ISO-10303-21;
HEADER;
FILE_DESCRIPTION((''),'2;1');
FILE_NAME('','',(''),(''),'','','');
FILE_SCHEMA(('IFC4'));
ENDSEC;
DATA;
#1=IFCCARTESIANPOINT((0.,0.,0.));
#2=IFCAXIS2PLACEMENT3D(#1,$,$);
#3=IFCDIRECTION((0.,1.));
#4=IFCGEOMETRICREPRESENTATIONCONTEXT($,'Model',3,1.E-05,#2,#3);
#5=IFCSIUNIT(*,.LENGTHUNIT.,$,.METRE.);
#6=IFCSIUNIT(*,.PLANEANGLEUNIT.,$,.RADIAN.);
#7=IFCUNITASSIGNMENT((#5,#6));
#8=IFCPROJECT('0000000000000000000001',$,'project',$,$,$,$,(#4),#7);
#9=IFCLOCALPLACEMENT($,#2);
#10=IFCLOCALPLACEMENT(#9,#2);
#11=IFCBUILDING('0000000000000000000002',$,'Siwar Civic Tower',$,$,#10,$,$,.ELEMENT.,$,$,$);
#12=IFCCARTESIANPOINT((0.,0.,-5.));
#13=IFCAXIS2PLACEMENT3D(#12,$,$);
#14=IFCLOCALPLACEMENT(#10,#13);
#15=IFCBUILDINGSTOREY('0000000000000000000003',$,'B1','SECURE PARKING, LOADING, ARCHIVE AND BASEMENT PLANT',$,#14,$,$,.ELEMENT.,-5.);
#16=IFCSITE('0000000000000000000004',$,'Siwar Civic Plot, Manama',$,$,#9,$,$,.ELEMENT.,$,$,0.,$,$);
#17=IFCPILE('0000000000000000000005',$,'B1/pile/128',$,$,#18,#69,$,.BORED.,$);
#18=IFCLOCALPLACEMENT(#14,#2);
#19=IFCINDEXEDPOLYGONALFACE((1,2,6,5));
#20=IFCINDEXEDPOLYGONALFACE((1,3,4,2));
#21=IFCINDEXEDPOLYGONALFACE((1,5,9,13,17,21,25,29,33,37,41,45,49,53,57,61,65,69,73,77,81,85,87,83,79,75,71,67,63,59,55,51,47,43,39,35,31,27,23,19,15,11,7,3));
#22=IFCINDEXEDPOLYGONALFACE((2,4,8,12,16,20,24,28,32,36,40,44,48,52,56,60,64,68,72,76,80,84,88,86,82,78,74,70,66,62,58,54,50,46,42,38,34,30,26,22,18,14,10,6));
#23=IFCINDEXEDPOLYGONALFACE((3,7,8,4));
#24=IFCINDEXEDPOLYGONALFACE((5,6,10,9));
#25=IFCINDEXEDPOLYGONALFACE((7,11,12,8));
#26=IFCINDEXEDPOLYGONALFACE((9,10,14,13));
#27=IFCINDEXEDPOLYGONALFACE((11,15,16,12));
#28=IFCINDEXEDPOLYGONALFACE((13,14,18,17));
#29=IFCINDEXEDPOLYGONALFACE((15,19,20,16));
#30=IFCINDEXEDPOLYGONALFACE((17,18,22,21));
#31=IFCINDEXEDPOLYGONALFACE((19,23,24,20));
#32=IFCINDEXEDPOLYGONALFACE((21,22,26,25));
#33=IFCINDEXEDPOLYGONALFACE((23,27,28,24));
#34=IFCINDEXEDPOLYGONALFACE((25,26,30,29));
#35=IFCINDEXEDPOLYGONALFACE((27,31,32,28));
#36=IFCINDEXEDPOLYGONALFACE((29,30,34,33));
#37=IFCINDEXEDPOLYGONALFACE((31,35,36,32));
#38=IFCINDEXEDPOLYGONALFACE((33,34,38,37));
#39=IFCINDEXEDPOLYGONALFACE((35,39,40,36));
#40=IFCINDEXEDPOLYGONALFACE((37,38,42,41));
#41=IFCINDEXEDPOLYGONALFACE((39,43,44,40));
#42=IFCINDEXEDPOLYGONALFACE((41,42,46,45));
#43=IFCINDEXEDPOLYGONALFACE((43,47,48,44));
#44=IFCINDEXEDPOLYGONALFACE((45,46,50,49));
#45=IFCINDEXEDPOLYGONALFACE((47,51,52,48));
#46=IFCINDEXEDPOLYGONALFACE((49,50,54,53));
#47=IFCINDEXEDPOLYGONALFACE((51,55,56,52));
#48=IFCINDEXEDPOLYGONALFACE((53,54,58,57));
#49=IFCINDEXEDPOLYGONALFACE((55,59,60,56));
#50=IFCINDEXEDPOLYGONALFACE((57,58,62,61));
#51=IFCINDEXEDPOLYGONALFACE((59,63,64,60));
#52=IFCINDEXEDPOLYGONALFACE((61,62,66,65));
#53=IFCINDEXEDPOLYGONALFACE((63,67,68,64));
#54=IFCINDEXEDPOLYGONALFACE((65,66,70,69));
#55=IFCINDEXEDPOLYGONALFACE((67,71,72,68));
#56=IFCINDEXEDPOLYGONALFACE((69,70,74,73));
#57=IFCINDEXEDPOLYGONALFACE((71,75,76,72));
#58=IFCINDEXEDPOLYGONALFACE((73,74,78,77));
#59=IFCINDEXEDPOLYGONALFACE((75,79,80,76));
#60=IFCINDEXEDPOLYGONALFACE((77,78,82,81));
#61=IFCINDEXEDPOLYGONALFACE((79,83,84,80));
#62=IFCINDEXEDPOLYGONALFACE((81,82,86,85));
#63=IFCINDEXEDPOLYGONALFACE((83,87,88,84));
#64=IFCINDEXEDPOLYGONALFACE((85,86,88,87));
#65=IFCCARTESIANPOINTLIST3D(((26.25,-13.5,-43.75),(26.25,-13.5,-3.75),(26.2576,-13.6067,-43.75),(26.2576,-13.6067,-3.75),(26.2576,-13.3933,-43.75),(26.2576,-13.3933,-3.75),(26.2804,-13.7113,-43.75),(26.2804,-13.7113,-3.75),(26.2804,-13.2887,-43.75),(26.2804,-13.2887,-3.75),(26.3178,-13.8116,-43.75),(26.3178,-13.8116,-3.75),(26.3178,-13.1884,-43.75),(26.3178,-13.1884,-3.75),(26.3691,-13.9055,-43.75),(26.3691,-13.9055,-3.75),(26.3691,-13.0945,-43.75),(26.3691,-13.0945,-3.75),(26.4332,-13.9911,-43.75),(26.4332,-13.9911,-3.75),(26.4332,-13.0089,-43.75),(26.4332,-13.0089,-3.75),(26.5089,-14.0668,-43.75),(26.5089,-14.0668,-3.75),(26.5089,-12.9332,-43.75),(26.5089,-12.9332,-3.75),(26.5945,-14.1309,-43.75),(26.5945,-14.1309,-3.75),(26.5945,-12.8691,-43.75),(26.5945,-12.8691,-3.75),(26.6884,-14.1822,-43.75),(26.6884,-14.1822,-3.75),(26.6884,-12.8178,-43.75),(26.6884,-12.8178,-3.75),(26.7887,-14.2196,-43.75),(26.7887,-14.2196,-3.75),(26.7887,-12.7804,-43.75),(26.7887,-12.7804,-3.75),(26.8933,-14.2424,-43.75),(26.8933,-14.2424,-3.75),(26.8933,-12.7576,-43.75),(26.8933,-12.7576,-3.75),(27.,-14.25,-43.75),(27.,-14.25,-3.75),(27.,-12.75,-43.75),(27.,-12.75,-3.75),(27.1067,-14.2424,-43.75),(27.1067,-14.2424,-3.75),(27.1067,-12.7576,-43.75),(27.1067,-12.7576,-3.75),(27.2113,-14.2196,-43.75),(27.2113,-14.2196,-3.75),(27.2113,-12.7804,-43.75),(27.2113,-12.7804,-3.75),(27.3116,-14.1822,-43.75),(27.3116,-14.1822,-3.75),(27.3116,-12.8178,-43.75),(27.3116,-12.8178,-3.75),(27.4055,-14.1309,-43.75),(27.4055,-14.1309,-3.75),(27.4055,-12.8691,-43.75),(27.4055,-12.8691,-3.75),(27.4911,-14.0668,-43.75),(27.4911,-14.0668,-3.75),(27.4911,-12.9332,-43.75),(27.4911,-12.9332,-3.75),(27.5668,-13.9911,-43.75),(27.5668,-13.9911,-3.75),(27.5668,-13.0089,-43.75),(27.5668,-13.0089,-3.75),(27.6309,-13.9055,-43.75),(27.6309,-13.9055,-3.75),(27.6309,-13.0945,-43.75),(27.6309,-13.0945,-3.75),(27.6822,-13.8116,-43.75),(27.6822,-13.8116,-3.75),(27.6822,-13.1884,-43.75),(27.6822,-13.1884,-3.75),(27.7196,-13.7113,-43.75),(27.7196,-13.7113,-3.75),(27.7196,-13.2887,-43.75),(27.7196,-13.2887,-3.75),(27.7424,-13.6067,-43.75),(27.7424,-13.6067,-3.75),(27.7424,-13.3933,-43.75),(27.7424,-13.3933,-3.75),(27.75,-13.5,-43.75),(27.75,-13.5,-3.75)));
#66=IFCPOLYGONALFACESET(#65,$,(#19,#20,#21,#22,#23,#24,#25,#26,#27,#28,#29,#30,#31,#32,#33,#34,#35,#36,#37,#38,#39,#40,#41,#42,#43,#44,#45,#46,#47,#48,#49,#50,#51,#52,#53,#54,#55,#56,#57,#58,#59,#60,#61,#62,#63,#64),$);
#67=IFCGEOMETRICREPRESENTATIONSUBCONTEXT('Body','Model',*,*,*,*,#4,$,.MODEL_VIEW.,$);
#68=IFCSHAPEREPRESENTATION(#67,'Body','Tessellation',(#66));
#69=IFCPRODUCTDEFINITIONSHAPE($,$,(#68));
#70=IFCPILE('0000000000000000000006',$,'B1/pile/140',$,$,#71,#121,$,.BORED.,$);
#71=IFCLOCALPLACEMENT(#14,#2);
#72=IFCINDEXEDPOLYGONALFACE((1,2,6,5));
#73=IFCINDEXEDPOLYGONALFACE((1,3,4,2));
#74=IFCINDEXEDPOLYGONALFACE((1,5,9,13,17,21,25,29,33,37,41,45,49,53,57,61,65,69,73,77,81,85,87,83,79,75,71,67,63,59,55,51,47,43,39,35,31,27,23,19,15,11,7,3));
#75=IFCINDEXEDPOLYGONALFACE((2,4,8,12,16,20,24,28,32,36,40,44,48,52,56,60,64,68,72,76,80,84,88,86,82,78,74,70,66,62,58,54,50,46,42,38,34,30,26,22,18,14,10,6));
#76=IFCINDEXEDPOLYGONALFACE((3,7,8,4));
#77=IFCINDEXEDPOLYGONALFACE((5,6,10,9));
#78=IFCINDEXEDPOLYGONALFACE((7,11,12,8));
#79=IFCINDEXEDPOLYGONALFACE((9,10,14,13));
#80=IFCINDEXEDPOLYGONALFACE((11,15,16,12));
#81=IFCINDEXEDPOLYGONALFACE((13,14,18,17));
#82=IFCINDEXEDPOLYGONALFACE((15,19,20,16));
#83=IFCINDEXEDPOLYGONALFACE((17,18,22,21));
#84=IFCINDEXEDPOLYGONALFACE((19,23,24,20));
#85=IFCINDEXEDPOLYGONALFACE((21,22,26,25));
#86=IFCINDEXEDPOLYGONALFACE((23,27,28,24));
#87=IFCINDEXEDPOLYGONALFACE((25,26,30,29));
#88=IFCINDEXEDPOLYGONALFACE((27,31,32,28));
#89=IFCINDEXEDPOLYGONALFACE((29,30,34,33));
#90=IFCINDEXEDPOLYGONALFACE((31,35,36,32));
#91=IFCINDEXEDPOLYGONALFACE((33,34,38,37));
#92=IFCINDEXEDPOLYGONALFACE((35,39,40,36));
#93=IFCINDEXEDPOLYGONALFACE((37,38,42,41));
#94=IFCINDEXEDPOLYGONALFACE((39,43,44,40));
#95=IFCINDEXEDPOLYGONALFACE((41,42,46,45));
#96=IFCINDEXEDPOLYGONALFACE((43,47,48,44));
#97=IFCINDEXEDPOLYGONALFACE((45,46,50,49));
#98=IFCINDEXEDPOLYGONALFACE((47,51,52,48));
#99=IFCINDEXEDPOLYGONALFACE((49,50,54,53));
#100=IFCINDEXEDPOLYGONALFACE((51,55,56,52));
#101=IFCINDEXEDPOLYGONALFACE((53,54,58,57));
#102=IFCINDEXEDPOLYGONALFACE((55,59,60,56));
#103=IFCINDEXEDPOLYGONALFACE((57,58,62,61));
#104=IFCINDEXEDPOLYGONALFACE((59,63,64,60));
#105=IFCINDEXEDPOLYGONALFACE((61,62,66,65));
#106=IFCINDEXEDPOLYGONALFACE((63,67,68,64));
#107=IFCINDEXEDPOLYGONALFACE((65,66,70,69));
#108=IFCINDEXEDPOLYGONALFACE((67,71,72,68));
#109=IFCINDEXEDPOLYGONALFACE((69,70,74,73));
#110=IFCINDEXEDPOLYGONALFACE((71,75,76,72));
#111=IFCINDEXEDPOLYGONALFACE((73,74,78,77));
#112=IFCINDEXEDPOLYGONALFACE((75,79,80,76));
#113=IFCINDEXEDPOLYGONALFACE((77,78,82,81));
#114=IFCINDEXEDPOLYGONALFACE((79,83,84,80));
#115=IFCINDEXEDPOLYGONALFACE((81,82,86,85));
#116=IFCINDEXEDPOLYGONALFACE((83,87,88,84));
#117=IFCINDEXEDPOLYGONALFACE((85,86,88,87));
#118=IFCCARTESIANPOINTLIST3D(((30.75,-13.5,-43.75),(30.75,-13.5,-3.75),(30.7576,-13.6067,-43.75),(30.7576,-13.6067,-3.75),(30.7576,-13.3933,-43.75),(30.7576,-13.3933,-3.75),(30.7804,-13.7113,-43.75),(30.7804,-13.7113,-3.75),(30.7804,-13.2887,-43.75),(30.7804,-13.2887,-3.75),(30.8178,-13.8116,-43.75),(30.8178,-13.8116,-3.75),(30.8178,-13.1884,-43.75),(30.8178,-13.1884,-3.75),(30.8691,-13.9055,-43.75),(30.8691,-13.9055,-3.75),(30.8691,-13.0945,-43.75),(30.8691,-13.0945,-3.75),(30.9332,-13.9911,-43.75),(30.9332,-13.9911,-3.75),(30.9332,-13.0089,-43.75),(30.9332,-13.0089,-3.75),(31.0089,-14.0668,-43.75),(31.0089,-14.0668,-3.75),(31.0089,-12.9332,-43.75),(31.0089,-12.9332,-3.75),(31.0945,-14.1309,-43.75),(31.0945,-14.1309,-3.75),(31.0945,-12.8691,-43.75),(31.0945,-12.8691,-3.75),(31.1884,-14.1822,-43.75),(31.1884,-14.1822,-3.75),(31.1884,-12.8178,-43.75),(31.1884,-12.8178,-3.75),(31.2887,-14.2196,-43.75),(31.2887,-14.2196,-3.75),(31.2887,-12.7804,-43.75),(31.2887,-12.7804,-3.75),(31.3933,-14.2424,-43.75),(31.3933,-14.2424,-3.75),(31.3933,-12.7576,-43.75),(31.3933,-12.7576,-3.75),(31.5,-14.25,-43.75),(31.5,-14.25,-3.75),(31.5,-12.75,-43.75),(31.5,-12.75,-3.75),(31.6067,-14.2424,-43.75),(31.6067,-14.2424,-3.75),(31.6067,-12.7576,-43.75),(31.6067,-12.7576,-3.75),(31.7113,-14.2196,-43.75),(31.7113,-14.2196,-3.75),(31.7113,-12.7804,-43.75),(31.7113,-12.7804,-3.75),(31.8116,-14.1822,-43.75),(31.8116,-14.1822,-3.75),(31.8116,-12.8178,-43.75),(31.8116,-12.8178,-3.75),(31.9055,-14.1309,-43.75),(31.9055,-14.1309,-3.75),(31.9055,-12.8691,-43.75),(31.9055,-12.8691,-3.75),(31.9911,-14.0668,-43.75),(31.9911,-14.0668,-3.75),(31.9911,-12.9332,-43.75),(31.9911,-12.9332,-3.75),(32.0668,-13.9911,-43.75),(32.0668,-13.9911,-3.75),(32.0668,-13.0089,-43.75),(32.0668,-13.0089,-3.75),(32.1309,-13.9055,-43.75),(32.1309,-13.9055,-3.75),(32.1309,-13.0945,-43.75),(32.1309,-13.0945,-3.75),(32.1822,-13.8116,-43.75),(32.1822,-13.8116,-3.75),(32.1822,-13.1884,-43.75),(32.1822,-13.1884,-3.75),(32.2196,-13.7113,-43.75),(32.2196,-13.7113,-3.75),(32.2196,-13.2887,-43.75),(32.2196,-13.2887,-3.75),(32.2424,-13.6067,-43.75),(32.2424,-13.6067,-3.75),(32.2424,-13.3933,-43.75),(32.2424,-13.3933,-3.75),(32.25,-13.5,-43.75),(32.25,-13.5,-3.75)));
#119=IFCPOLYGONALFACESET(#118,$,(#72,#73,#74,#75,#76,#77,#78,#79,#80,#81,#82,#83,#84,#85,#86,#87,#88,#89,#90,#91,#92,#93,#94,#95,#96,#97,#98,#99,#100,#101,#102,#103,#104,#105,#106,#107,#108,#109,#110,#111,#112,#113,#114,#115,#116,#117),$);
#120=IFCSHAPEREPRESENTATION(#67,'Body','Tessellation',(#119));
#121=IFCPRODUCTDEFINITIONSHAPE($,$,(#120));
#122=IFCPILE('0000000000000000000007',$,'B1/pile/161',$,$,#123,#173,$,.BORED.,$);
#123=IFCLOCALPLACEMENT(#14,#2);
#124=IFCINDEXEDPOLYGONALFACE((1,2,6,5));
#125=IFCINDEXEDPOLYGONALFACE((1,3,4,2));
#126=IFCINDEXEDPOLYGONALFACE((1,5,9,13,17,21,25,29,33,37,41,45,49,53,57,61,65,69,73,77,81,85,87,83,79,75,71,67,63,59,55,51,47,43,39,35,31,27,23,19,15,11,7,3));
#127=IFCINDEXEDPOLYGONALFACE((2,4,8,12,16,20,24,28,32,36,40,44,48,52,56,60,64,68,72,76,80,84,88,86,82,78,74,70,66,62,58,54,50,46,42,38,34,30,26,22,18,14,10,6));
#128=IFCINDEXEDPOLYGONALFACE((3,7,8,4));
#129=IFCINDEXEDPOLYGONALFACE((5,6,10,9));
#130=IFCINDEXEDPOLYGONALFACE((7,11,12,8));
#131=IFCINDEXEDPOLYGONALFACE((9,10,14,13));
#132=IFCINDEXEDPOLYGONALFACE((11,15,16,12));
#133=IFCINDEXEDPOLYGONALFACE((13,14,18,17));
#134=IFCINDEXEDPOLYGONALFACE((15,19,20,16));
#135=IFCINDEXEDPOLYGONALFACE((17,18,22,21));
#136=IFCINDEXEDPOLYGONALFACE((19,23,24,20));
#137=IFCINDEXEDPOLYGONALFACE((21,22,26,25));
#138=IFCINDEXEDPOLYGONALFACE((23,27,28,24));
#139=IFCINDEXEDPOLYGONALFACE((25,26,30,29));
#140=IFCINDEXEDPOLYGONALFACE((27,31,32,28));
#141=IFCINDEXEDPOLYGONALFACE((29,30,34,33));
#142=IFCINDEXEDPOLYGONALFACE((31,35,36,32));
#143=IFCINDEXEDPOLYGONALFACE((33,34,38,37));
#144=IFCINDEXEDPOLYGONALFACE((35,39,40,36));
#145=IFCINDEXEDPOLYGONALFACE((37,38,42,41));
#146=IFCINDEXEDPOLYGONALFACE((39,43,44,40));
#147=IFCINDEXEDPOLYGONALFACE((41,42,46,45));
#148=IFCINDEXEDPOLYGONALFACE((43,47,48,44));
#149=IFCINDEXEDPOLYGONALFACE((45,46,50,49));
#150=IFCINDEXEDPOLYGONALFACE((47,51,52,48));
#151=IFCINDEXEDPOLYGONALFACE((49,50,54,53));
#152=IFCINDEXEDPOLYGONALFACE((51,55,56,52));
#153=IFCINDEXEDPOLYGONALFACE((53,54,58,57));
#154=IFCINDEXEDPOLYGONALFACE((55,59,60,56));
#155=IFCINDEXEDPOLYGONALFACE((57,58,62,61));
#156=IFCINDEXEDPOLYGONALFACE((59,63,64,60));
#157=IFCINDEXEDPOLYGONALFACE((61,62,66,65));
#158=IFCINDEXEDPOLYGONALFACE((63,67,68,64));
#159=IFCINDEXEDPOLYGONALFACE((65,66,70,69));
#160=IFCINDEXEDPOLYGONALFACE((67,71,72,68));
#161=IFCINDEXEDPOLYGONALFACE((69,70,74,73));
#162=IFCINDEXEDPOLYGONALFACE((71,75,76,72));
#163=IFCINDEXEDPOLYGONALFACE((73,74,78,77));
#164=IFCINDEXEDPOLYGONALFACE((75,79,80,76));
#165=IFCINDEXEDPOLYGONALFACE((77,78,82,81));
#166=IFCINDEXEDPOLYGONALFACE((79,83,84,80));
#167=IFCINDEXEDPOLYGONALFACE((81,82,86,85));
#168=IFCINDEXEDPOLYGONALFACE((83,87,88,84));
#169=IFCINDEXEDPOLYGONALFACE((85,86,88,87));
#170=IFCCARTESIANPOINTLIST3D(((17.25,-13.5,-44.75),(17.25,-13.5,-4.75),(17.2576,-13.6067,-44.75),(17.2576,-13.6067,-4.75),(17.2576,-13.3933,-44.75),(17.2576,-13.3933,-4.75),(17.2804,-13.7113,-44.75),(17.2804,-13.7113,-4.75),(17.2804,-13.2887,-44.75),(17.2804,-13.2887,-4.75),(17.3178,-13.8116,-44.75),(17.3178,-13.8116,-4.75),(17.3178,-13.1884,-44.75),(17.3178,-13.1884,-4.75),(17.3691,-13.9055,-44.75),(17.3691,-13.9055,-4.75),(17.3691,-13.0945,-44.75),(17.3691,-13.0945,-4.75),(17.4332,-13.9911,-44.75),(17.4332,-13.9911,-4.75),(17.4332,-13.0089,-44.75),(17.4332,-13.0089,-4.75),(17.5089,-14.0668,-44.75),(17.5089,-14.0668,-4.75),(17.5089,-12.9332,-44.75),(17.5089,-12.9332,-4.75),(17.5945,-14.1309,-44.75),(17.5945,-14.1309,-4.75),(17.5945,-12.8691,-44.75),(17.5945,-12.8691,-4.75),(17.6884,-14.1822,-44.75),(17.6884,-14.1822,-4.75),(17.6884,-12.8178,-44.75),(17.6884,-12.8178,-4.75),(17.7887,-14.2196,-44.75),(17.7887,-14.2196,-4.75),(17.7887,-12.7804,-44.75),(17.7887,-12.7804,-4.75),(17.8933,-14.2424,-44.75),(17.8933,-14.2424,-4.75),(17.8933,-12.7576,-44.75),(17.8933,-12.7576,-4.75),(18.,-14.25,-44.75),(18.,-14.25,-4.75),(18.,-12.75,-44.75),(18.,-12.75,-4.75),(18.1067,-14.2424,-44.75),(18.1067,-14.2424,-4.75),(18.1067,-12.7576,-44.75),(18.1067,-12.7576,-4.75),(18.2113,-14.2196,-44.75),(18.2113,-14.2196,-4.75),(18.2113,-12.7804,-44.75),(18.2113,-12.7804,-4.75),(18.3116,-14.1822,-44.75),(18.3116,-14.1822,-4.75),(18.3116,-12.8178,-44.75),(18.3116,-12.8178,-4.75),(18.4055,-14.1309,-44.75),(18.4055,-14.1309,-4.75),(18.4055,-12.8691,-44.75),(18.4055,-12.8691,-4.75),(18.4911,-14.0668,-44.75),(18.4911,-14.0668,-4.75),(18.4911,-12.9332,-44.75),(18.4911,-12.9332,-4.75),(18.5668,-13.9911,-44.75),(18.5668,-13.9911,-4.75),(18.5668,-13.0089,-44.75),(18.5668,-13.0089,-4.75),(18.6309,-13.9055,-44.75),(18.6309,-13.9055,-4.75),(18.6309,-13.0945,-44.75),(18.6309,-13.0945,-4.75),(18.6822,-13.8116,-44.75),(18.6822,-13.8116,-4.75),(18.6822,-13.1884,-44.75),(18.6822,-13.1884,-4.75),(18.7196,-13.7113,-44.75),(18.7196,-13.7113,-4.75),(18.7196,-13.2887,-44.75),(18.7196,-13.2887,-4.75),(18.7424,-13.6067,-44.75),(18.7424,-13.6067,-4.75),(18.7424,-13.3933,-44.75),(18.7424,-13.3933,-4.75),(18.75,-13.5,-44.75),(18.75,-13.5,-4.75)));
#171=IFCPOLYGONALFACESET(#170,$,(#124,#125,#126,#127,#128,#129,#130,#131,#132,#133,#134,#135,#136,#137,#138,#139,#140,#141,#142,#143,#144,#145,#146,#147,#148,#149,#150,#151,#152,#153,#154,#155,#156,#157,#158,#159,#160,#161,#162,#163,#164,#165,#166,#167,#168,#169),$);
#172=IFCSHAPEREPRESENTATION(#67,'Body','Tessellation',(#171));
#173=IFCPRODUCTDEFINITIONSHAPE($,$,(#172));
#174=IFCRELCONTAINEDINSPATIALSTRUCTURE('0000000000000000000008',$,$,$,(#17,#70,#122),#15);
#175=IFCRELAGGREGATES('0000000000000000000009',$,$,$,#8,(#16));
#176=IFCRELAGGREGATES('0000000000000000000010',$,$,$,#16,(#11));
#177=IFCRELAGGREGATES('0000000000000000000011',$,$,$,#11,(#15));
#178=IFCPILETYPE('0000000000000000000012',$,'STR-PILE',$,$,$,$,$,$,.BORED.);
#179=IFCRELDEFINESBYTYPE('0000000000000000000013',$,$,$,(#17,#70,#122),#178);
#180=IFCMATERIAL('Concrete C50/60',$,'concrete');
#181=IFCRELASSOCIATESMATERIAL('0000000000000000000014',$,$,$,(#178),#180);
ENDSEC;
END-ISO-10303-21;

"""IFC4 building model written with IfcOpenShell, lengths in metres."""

from ifc_helpers import new_model, si_unit, direction, frame, origin, origin_2d, place, context, subcontext, project, spatial, circle, extrude, material, material_profile, profile_set, type_object, element, save


model = new_model("IFC4")

# Units and contexts
model_context = context("Model", 3, precision=1e-05, world=origin(), true_north=direction((0.0, 1.0)))
body_context = subcontext(model_context, "Body", "Model", "MODEL_VIEW")
ifc_project = project(units=[si_unit("LENGTHUNIT", "METRE"), si_unit("PLANEANGLEUNIT", "RADIAN")], contexts=[model_context])

# Site, building, storey
site_placement = place(None, origin())
site = spatial("IfcSite", under=ifc_project, at=site_placement, Name="Siwar Civic Plot, Manama", CompositionType="ELEMENT", RefElevation=0.0)
building_placement = place(site_placement, origin())
building = spatial("IfcBuilding", under=site, at=building_placement, Name="Siwar Civic Tower", CompositionType="ELEMENT")
storey_placement = place(building_placement, frame((0.0, 0.0, -5.0)))
storey = spatial("IfcBuildingStorey", under=building, at=storey_placement, Name="B1", Description="SECURE PARKING, LOADING, ARCHIVE AND BASEMENT PLANT", CompositionType="ELEMENT", Elevation=-5.0)

# Piles
ifc_material_1 = material(Name="Concrete C50/60", Category="concrete")
ifc_material_profile_1 = material_profile(ifc_material_1, circle(Radius=0.75, at=origin_2d()), Name="PILE1500")
ifc_profile_set_1 = profile_set([ifc_material_profile_1], Name="Concrete C50/60")
pile_type = type_object("IfcPileType", Name="STR-PILE", PredefinedType="BORED", material=ifc_profile_set_1)
for number, where, z_axis, x_axis, name in (
    (1, (27.0, -13.5, -3.75), (0.0, 0.0, -1.0), (1.0, 0.0, 0.0), "B1/pile/128"),
    (2, (31.5, -13.5, -3.75), (0.0, 0.0, -1.0), (1.0, 0.0, 0.0), "B1/pile/140"),
    (3, (18.0, -13.5, -4.75), (0.0, 0.0, -1.0), (1.0, 0.0, 0.0), "B1/pile/161"),
):
    element("IfcPile", number, at=place(storey_placement, frame(where, z_axis=z_axis, x_axis=x_axis)), inside=storey, type_object=pile_type, Name=name, PredefinedType="BORED", context=body_context, shape_type="SweptSolid", body=[
        extrude(circle(Radius=0.75, at=origin_2d()), origin(), (0.0, 0.0, 1.0), 40.0),
    ])

save(model, "model.ifc")
